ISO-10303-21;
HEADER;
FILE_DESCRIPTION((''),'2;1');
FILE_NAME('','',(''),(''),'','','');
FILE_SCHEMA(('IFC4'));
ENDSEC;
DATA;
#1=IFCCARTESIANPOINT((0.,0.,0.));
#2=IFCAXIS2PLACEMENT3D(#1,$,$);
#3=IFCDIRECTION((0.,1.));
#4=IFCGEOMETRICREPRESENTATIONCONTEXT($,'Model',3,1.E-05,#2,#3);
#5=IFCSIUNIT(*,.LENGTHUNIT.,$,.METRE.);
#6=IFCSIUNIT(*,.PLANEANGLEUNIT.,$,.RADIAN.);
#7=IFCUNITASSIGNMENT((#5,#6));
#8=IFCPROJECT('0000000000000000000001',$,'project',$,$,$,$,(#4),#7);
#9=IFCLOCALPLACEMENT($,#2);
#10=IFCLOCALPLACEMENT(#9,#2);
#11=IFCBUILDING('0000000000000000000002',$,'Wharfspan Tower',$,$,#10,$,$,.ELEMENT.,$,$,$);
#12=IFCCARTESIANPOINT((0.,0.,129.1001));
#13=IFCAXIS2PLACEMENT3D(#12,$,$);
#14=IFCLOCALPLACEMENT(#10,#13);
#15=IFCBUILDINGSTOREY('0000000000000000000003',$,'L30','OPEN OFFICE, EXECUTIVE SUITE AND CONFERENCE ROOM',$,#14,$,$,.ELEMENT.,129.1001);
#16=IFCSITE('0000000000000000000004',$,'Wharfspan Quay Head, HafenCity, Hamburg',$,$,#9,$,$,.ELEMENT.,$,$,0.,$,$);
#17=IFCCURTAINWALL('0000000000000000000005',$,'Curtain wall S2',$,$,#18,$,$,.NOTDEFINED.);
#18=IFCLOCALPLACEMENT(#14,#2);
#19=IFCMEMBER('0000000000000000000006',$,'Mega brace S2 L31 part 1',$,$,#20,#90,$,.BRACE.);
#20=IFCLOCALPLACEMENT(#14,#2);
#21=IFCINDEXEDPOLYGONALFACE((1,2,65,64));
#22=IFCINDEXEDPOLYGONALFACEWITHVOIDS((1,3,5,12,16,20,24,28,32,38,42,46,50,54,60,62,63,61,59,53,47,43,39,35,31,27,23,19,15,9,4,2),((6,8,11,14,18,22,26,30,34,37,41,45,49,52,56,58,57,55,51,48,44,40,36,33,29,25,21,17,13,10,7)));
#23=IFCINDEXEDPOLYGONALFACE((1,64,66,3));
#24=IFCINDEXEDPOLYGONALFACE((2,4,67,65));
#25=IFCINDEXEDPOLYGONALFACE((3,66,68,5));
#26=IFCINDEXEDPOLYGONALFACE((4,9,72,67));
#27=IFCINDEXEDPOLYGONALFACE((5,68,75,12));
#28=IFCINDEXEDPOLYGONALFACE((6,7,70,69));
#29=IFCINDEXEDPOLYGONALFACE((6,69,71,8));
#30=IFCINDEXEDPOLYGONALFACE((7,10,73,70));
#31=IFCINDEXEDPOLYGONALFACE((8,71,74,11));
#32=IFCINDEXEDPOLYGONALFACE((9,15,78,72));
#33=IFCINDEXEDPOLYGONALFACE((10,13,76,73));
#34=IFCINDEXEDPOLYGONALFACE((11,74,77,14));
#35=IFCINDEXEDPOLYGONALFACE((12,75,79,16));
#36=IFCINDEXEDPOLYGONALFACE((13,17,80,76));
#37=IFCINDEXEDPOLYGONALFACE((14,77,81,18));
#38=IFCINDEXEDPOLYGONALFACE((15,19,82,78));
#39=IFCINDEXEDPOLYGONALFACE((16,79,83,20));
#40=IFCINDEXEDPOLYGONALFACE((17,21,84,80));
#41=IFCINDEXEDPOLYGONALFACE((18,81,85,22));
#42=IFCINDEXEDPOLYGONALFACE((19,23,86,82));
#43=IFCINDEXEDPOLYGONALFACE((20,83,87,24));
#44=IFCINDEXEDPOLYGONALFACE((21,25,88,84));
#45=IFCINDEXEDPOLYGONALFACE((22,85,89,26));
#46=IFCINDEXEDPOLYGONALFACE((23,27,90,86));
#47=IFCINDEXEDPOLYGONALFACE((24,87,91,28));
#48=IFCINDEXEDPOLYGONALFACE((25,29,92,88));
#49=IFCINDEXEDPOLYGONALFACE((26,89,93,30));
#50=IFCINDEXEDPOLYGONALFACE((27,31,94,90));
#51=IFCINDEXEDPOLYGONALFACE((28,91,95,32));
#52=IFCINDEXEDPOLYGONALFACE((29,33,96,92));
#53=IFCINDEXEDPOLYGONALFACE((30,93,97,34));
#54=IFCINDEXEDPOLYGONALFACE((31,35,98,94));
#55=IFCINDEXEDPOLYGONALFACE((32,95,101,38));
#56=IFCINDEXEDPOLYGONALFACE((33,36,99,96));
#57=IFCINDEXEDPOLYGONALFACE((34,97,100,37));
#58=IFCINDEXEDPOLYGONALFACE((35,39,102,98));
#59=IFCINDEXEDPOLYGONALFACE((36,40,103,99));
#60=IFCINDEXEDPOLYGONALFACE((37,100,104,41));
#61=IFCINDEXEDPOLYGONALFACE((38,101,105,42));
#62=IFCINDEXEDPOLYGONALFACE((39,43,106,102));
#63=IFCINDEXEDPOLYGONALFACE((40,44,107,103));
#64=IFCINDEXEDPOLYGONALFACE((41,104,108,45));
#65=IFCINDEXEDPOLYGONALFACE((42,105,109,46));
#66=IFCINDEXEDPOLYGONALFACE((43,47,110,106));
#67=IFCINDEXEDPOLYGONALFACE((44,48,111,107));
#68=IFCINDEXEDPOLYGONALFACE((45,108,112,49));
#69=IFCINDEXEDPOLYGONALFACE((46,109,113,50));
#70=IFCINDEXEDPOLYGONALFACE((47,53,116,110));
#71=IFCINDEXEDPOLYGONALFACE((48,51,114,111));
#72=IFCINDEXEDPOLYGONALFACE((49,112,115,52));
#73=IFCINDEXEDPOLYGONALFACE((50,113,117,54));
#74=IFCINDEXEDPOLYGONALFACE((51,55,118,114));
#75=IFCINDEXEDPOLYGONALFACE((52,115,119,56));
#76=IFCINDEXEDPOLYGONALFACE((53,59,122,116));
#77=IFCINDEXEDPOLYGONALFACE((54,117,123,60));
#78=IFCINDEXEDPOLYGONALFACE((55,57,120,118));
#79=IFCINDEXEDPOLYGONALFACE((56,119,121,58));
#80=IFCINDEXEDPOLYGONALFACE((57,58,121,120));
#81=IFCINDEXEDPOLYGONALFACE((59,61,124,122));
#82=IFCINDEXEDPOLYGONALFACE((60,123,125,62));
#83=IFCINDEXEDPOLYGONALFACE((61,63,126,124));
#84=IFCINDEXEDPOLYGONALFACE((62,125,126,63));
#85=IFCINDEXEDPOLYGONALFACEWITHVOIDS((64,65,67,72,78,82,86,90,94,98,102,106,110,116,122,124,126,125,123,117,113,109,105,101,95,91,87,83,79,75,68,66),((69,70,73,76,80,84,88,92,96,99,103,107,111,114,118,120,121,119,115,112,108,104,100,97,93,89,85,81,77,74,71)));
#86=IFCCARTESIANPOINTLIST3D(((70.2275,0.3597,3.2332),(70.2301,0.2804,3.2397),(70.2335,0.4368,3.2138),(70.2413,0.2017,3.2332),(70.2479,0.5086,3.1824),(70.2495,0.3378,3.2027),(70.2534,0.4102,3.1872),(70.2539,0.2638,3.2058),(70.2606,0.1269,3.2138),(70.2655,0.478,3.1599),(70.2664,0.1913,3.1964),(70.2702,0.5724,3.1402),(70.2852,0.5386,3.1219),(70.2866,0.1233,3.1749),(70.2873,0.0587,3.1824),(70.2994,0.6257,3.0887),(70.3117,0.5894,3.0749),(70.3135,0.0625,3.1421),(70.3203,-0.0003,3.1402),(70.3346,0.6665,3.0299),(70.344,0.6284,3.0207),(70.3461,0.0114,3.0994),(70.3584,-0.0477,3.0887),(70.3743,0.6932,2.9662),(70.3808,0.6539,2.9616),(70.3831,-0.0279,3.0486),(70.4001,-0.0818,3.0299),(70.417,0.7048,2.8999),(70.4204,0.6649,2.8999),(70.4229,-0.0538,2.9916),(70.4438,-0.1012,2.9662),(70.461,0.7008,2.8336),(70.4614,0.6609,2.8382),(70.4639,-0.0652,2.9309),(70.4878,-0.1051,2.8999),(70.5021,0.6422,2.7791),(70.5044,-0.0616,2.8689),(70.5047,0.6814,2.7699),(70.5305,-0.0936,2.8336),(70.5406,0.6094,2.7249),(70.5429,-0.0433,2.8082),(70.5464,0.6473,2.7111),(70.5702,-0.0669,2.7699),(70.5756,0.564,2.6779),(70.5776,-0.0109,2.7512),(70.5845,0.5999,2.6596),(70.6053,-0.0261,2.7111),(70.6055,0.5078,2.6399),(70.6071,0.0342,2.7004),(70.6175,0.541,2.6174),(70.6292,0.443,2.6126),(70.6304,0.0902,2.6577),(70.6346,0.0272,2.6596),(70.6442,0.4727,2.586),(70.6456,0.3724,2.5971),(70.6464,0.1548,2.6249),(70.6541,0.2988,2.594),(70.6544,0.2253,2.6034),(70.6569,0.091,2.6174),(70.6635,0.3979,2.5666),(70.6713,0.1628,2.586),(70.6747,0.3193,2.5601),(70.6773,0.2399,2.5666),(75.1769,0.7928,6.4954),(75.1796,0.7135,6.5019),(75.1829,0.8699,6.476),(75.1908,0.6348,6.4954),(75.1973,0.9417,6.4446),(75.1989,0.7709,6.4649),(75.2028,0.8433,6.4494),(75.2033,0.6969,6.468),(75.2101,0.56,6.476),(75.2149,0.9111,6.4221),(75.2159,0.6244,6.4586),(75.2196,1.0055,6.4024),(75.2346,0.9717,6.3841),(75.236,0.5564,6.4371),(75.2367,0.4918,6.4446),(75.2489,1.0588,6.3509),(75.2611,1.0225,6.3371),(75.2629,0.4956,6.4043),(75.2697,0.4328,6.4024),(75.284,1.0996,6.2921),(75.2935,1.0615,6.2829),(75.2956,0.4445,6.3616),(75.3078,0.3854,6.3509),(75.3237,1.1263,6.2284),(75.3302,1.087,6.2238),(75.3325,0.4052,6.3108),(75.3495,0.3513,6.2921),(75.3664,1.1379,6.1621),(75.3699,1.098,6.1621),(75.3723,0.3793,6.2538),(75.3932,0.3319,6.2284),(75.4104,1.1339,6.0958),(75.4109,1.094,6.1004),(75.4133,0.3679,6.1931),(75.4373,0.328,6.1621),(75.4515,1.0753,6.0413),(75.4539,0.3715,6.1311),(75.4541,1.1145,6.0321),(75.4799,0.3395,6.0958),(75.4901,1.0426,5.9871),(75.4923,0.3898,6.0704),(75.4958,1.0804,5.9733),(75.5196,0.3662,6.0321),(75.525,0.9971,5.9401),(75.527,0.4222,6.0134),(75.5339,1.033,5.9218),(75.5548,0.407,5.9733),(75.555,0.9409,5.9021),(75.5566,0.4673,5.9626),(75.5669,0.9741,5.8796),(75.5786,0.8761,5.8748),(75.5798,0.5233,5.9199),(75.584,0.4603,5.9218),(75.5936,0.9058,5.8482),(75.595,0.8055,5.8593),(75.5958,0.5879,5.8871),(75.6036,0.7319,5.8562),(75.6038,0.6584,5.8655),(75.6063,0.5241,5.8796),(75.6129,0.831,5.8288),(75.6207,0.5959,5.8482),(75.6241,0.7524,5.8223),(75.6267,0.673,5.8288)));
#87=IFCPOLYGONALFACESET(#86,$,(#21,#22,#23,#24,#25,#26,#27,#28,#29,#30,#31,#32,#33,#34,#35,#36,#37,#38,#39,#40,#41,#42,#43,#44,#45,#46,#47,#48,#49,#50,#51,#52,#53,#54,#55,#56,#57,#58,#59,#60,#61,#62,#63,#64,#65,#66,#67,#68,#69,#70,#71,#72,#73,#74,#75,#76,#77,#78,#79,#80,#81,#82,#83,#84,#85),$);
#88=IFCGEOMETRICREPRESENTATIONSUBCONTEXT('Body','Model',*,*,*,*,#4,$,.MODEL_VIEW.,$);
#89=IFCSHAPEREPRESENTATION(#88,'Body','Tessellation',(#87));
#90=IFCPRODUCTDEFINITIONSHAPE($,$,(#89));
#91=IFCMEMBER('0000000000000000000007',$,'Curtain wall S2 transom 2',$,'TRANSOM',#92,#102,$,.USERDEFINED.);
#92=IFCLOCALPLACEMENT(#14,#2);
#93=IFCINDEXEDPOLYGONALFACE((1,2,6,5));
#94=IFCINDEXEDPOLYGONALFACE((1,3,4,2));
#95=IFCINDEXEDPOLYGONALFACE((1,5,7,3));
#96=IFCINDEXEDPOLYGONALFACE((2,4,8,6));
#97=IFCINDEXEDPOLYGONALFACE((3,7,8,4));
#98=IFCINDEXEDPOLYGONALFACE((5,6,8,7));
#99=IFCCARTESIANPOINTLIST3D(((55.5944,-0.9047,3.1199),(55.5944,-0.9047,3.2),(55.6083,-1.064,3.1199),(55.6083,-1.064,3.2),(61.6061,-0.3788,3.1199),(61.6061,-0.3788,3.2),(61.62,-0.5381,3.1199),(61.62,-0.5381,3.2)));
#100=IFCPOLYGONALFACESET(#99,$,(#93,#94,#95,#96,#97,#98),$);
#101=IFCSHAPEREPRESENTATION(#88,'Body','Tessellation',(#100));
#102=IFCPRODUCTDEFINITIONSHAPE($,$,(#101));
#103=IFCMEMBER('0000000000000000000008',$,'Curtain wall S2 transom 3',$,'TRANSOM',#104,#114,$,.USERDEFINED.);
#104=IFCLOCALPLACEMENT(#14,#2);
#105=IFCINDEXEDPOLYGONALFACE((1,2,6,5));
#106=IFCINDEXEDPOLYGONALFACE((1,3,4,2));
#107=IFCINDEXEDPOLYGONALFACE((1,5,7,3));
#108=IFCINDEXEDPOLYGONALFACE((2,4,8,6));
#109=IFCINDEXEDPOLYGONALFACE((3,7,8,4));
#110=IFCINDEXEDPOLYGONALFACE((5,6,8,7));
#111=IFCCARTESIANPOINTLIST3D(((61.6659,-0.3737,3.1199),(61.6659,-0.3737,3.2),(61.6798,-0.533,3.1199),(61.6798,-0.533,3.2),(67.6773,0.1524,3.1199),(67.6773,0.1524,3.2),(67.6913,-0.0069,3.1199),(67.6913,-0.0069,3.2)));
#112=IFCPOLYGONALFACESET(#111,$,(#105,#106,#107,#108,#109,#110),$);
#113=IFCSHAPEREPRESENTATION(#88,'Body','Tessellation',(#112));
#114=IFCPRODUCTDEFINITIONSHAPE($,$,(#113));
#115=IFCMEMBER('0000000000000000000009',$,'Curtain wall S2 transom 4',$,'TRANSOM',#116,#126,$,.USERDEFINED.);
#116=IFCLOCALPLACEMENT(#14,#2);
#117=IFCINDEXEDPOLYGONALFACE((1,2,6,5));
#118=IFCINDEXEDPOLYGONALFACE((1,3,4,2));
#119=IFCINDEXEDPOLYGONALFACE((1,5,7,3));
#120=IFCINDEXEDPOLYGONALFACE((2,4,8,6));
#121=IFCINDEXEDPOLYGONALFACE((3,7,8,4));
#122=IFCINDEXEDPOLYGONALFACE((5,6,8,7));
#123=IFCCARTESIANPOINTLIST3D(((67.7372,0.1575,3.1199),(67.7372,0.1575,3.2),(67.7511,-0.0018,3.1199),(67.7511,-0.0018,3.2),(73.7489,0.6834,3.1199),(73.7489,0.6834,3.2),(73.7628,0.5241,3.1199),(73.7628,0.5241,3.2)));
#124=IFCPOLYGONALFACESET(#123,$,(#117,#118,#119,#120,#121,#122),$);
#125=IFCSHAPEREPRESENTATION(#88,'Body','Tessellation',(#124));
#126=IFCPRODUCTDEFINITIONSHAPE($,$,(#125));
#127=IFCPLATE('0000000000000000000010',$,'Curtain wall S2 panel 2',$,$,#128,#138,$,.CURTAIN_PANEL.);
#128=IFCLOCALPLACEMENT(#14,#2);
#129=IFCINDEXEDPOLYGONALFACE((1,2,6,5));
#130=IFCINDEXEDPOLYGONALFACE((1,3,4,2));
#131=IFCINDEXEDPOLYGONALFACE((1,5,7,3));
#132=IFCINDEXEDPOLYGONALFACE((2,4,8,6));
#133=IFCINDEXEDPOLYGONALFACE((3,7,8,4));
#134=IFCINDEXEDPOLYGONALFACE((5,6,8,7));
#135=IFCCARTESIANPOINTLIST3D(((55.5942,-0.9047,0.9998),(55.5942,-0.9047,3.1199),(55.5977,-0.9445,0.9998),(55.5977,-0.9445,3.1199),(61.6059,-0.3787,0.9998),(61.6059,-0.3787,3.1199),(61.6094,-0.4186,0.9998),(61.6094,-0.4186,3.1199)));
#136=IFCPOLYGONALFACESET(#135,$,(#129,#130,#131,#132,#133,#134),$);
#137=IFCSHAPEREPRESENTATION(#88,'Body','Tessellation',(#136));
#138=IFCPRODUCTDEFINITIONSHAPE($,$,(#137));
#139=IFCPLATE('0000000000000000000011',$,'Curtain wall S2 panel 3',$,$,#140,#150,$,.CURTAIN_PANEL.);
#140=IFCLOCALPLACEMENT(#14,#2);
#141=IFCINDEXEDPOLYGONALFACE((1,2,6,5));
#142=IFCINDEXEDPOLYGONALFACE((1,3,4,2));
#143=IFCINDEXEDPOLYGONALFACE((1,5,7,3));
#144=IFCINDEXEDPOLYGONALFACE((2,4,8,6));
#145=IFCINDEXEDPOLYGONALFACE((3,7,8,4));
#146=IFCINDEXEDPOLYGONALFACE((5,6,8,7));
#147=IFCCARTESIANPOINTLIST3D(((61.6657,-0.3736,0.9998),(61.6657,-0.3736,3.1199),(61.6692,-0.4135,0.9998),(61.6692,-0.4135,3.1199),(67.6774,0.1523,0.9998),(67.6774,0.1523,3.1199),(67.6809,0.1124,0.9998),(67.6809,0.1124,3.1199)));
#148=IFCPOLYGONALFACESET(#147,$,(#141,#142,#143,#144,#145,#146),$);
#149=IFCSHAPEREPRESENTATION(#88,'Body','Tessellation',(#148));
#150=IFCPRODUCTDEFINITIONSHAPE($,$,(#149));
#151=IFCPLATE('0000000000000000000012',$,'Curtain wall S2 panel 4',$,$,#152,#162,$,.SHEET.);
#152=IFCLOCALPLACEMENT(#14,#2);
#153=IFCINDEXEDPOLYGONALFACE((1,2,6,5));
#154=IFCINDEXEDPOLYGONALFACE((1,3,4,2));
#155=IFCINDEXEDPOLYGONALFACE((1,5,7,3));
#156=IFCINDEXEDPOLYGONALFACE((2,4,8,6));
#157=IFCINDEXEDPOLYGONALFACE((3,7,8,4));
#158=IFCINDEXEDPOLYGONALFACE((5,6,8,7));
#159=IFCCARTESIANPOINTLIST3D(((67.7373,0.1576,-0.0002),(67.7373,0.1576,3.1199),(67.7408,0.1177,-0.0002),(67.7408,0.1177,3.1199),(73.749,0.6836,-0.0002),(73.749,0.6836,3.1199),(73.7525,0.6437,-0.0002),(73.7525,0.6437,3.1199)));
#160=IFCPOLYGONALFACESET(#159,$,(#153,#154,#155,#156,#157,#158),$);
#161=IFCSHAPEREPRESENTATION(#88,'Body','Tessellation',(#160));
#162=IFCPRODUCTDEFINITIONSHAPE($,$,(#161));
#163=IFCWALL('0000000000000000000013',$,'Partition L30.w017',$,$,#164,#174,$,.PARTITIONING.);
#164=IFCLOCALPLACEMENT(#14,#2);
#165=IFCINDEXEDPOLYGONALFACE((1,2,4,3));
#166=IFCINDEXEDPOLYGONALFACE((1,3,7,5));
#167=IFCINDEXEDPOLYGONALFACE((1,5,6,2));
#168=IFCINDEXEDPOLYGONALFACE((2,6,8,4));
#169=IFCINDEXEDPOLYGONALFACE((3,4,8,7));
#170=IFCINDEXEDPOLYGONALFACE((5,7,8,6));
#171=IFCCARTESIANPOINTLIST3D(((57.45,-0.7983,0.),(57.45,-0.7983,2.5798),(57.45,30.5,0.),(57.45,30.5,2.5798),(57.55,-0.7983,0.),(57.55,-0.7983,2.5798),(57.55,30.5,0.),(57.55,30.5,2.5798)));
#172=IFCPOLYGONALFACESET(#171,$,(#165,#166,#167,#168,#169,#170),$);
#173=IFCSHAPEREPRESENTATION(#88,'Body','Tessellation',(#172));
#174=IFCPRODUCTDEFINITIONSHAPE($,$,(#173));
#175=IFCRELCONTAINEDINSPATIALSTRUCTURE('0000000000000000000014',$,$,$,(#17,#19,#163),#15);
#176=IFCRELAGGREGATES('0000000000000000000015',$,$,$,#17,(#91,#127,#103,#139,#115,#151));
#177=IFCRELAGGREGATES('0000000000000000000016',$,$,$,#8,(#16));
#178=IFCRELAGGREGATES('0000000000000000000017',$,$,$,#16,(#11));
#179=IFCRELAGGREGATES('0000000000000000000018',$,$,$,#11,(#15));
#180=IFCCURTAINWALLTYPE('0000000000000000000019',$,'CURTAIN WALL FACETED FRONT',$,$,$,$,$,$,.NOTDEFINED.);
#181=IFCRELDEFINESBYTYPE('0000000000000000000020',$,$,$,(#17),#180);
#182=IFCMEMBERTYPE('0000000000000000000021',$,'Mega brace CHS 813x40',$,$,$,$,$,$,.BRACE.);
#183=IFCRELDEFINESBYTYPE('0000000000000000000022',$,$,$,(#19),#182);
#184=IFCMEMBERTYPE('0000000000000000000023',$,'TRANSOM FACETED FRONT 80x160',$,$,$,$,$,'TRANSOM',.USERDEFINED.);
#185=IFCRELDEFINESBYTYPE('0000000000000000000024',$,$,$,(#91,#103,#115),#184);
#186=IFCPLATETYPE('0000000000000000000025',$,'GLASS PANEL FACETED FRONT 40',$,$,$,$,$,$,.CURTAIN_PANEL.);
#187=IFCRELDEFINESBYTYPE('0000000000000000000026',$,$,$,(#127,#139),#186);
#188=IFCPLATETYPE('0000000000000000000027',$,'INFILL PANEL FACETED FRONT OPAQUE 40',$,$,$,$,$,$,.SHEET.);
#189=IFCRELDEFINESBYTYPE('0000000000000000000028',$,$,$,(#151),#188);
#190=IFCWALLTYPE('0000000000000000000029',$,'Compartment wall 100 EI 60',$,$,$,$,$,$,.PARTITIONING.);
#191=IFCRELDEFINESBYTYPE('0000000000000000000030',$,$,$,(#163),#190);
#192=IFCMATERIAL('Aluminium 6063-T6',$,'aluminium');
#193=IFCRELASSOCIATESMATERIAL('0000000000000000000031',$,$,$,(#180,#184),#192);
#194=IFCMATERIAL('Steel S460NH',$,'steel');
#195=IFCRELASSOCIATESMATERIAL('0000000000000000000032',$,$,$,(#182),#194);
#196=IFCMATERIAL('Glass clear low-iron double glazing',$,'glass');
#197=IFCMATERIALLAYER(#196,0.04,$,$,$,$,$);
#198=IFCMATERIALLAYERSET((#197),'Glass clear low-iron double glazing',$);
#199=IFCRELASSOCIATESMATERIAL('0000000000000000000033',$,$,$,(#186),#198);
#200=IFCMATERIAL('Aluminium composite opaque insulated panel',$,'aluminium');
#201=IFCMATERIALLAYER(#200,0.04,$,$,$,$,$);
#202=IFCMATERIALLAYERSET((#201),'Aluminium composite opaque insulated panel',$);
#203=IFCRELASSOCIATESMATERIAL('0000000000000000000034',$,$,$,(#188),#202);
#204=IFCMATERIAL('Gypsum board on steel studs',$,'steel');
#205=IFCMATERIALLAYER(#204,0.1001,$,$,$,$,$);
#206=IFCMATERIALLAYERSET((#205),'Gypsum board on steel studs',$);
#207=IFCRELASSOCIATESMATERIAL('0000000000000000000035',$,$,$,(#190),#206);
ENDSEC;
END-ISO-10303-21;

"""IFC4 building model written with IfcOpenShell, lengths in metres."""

from ifc_helpers import new_model, si_unit, direction, frame, frame_2d, origin, origin_2d, place, context, subcontext, project, spatial, rectangle, hollow_circle, extrude, material, layer, layer_set, material_profile, profile_set, type_object, element, aggregate, save


model = new_model("IFC4")

# Units and contexts
model_context = context("Model", 3, precision=1e-05, world=origin(), true_north=direction((0.0, 1.0)))
body_context = subcontext(model_context, "Body", "Model", "MODEL_VIEW")
ifc_project = project(units=[si_unit("LENGTHUNIT", "METRE"), si_unit("PLANEANGLEUNIT", "RADIAN")], contexts=[model_context])

# Site, building, storey
site_placement = place(None, origin())
site = spatial("IfcSite", under=ifc_project, at=site_placement, Name="Wharfspan Quay Head, HafenCity, Hamburg", CompositionType="ELEMENT", RefElevation=0.0)
building_placement = place(site_placement, origin())
building = spatial("IfcBuilding", under=site, at=building_placement, Name="Wharfspan Tower", CompositionType="ELEMENT")
storey_placement = place(building_placement, frame((0.0, 0.0, 129.1001)))
storey = spatial("IfcBuildingStorey", under=building, at=storey_placement, Name="L30", Description="OPEN OFFICE, EXECUTIVE SUITE AND CONFERENCE ROOM", CompositionType="ELEMENT", Elevation=129.1001)

# Curtain wall
ifc_material_1 = material(Name="Aluminium 6063-T6", Category="aluminium")
curtain_wall_type = type_object("IfcCurtainWallType", Name="CURTAIN WALL FACETED FRONT", PredefinedType="NOTDEFINED", material=ifc_material_1)
curtain_wall_placement = place(storey_placement, origin())
curtain_wall = element("IfcCurtainWall", 1, at=curtain_wall_placement, inside=storey, type_object=curtain_wall_type, Name="Curtain wall S2", PredefinedType="NOTDEFINED")

# Members
ifc_material_2 = material(Name="Steel S460NH", Category="steel")
ifc_material_profile_1 = material_profile(ifc_material_2, hollow_circle(Radius=0.4065, WallThickness=0.04, at=origin_2d()))
ifc_profile_set_1 = profile_set([ifc_material_profile_1], Name="Steel S460NH")
member_type_1 = type_object("IfcMemberType", Name="Mega brace CHS 813x40", PredefinedType="BRACE", material=ifc_profile_set_1)
member_1_placement = place(storey_placement, frame((70.4524, 0.2998, 2.8999), z_axis=(0.832734, 0.072869, 0.548858), x_axis=(-0.087173, 0.99619, 0.000001)))
element("IfcMember", 2, at=member_1_placement, inside=storey, type_object=member_type_1, Name="Mega brace S2 L31 part 1", PredefinedType="BRACE", context=body_context, shape_type="SweptSolid", body=[
    extrude(hollow_circle(Radius=0.4065, WallThickness=0.04, at=origin_2d()), origin(), (0.0, 0.0, 1.0), 5.9436),
])
ifc_material_profile_2 = material_profile(ifc_material_1, rectangle(XDim=0.1599, YDim=0.0801, at=origin_2d()))
ifc_profile_set_2 = profile_set([ifc_material_profile_2], Name="Aluminium 6063-T6")
member_type_2 = type_object("IfcMemberType", Name="TRANSOM FACETED FRONT 80x160", ElementType="TRANSOM", PredefinedType="USERDEFINED", material=ifc_profile_set_2)
member_2_placement = place(storey_placement, frame((55.6013, -0.9844, 3.1599), z_axis=(0.996196, 0.087143, 0.0), x_axis=(-0.087143, 0.996196, 0.0)))
member_2 = element("IfcMember", 3, at=member_2_placement, type_object=member_type_2, Name="Curtain wall S2 transom 2", ObjectType="TRANSOM", PredefinedType="USERDEFINED", context=body_context, shape_type="SweptSolid", body=[
    extrude(rectangle(XDim=0.1599, YDim=0.0801, at=origin_2d()), origin(), (0.0, 0.0, 1.0), 6.0347),
])
member_3_placement = place(storey_placement, frame((61.6729, -0.4534, 3.1599), z_axis=(0.996192, 0.087187, 0.0), x_axis=(-0.087187, 0.996192, 0.0)))
member_3 = element("IfcMember", 4, at=member_3_placement, type_object=member_type_2, Name="Curtain wall S2 transom 3", ObjectType="TRANSOM", PredefinedType="USERDEFINED", context=body_context, shape_type="SweptSolid", body=[
    extrude(rectangle(XDim=0.1599, YDim=0.0801, at=origin_2d()), origin(), (0.0, 0.0, 1.0), 6.0344),
])
member_4_placement = place(storey_placement, frame((67.7441, 0.0779, 3.1599), z_axis=(0.996196, 0.087143, 0.0), x_axis=(-0.087143, 0.996196, 0.0)))
member_4 = element("IfcMember", 5, at=member_4_placement, type_object=member_type_2, Name="Curtain wall S2 transom 4", ObjectType="TRANSOM", PredefinedType="USERDEFINED", context=body_context, shape_type="SweptSolid", body=[
    extrude(rectangle(XDim=0.1599, YDim=0.0801, at=origin_2d()), origin(), (0.0, 0.0, 1.0), 6.0347),
])

# Plates
ifc_material_3 = material(Name="Glass clear low-iron double glazing", Category="glass")
ifc_layer_1 = layer(ifc_material_3, 0.04)
ifc_layer_set_1 = layer_set([ifc_layer_1], Name="Glass clear low-iron double glazing")
plate_type_1 = type_object("IfcPlateType", Name="GLASS PANEL FACETED FRONT 40", PredefinedType="CURTAIN_PANEL", material=ifc_layer_set_1)
plate_1_placement = place(storey_placement, frame((58.6018, -0.6616, 0.9998), z_axis=(0.0, 0.0, 1.0), x_axis=(0.996198, 0.087156, 0.0)))
plate_1 = element("IfcPlate", 6, at=plate_1_placement, type_object=plate_type_1, Name="Curtain wall S2 panel 2", PredefinedType="CURTAIN_PANEL", context=body_context, shape_type="SweptSolid", body=[
    extrude(rectangle(XDim=6.0347, YDim=0.04, at=origin_2d()), origin(), (0.0, 0.0, 1.0), 2.1201),
])
plate_2_placement = place(storey_placement, frame((64.6733, -0.1306, 0.9998), z_axis=(0.0, 0.0, 1.0), x_axis=(0.996198, 0.087156, 0.0)))
plate_2 = element("IfcPlate", 7, at=plate_2_placement, type_object=plate_type_1, Name="Curtain wall S2 panel 3", PredefinedType="CURTAIN_PANEL", context=body_context, shape_type="SweptSolid", body=[
    extrude(rectangle(XDim=6.0347, YDim=0.04, at=origin_2d()), origin(), (0.0, 0.0, 1.0), 2.1201),
])
ifc_material_4 = material(Name="Aluminium composite opaque insulated panel", Category="aluminium")
ifc_layer_2 = layer(ifc_material_4, 0.04)
ifc_layer_set_2 = layer_set([ifc_layer_2], Name="Aluminium composite opaque insulated panel")
plate_type_2 = type_object("IfcPlateType", Name="INFILL PANEL FACETED FRONT OPAQUE 40", PredefinedType="SHEET", material=ifc_layer_set_2)
plate_3_placement = place(storey_placement, frame((70.7449, 0.4006, -0.0002), z_axis=(0.0, 0.0, 1.0), x_axis=(0.996198, 0.087156, 0.0)))
plate_3 = element("IfcPlate", 8, at=plate_3_placement, type_object=plate_type_2, Name="Curtain wall S2 panel 4", PredefinedType="SHEET", context=body_context, shape_type="SweptSolid", body=[
    extrude(rectangle(XDim=6.0347, YDim=0.04, at=origin_2d()), origin(), (0.0, 0.0, 1.0), 3.1201),
])
aggregate(curtain_wall, [member_2, plate_1, member_3, plate_2, member_4, plate_3])

# Wall
ifc_material_5 = material(Name="Gypsum board on steel studs", Category="steel")
ifc_layer_3 = layer(ifc_material_5, 0.1001)
ifc_layer_set_3 = layer_set([ifc_layer_3], Name="Gypsum board on steel studs")
wall_type_1 = type_object("IfcWallType", Name="Compartment wall 100 EI 60", PredefinedType="PARTITIONING", material=ifc_layer_set_3)
wall_1_placement = place(storey_placement, frame((57.5, -0.7983, 0.0), z_axis=(0.0, 0.0, 1.0), x_axis=(0.0, 1.0, 0.0)))
element("IfcWall", 9, at=wall_1_placement, inside=storey, type_object=wall_type_1, Name="Partition L30.w017", PredefinedType="PARTITIONING", context=body_context, shape_type="SweptSolid", body=[
    extrude(rectangle(XDim=31.2983, YDim=0.1001, at=frame_2d((15.6492, 0.0))), origin(), (0.0, 0.0, 1.0), 2.5798),
])

save(model, "model.ifc")
